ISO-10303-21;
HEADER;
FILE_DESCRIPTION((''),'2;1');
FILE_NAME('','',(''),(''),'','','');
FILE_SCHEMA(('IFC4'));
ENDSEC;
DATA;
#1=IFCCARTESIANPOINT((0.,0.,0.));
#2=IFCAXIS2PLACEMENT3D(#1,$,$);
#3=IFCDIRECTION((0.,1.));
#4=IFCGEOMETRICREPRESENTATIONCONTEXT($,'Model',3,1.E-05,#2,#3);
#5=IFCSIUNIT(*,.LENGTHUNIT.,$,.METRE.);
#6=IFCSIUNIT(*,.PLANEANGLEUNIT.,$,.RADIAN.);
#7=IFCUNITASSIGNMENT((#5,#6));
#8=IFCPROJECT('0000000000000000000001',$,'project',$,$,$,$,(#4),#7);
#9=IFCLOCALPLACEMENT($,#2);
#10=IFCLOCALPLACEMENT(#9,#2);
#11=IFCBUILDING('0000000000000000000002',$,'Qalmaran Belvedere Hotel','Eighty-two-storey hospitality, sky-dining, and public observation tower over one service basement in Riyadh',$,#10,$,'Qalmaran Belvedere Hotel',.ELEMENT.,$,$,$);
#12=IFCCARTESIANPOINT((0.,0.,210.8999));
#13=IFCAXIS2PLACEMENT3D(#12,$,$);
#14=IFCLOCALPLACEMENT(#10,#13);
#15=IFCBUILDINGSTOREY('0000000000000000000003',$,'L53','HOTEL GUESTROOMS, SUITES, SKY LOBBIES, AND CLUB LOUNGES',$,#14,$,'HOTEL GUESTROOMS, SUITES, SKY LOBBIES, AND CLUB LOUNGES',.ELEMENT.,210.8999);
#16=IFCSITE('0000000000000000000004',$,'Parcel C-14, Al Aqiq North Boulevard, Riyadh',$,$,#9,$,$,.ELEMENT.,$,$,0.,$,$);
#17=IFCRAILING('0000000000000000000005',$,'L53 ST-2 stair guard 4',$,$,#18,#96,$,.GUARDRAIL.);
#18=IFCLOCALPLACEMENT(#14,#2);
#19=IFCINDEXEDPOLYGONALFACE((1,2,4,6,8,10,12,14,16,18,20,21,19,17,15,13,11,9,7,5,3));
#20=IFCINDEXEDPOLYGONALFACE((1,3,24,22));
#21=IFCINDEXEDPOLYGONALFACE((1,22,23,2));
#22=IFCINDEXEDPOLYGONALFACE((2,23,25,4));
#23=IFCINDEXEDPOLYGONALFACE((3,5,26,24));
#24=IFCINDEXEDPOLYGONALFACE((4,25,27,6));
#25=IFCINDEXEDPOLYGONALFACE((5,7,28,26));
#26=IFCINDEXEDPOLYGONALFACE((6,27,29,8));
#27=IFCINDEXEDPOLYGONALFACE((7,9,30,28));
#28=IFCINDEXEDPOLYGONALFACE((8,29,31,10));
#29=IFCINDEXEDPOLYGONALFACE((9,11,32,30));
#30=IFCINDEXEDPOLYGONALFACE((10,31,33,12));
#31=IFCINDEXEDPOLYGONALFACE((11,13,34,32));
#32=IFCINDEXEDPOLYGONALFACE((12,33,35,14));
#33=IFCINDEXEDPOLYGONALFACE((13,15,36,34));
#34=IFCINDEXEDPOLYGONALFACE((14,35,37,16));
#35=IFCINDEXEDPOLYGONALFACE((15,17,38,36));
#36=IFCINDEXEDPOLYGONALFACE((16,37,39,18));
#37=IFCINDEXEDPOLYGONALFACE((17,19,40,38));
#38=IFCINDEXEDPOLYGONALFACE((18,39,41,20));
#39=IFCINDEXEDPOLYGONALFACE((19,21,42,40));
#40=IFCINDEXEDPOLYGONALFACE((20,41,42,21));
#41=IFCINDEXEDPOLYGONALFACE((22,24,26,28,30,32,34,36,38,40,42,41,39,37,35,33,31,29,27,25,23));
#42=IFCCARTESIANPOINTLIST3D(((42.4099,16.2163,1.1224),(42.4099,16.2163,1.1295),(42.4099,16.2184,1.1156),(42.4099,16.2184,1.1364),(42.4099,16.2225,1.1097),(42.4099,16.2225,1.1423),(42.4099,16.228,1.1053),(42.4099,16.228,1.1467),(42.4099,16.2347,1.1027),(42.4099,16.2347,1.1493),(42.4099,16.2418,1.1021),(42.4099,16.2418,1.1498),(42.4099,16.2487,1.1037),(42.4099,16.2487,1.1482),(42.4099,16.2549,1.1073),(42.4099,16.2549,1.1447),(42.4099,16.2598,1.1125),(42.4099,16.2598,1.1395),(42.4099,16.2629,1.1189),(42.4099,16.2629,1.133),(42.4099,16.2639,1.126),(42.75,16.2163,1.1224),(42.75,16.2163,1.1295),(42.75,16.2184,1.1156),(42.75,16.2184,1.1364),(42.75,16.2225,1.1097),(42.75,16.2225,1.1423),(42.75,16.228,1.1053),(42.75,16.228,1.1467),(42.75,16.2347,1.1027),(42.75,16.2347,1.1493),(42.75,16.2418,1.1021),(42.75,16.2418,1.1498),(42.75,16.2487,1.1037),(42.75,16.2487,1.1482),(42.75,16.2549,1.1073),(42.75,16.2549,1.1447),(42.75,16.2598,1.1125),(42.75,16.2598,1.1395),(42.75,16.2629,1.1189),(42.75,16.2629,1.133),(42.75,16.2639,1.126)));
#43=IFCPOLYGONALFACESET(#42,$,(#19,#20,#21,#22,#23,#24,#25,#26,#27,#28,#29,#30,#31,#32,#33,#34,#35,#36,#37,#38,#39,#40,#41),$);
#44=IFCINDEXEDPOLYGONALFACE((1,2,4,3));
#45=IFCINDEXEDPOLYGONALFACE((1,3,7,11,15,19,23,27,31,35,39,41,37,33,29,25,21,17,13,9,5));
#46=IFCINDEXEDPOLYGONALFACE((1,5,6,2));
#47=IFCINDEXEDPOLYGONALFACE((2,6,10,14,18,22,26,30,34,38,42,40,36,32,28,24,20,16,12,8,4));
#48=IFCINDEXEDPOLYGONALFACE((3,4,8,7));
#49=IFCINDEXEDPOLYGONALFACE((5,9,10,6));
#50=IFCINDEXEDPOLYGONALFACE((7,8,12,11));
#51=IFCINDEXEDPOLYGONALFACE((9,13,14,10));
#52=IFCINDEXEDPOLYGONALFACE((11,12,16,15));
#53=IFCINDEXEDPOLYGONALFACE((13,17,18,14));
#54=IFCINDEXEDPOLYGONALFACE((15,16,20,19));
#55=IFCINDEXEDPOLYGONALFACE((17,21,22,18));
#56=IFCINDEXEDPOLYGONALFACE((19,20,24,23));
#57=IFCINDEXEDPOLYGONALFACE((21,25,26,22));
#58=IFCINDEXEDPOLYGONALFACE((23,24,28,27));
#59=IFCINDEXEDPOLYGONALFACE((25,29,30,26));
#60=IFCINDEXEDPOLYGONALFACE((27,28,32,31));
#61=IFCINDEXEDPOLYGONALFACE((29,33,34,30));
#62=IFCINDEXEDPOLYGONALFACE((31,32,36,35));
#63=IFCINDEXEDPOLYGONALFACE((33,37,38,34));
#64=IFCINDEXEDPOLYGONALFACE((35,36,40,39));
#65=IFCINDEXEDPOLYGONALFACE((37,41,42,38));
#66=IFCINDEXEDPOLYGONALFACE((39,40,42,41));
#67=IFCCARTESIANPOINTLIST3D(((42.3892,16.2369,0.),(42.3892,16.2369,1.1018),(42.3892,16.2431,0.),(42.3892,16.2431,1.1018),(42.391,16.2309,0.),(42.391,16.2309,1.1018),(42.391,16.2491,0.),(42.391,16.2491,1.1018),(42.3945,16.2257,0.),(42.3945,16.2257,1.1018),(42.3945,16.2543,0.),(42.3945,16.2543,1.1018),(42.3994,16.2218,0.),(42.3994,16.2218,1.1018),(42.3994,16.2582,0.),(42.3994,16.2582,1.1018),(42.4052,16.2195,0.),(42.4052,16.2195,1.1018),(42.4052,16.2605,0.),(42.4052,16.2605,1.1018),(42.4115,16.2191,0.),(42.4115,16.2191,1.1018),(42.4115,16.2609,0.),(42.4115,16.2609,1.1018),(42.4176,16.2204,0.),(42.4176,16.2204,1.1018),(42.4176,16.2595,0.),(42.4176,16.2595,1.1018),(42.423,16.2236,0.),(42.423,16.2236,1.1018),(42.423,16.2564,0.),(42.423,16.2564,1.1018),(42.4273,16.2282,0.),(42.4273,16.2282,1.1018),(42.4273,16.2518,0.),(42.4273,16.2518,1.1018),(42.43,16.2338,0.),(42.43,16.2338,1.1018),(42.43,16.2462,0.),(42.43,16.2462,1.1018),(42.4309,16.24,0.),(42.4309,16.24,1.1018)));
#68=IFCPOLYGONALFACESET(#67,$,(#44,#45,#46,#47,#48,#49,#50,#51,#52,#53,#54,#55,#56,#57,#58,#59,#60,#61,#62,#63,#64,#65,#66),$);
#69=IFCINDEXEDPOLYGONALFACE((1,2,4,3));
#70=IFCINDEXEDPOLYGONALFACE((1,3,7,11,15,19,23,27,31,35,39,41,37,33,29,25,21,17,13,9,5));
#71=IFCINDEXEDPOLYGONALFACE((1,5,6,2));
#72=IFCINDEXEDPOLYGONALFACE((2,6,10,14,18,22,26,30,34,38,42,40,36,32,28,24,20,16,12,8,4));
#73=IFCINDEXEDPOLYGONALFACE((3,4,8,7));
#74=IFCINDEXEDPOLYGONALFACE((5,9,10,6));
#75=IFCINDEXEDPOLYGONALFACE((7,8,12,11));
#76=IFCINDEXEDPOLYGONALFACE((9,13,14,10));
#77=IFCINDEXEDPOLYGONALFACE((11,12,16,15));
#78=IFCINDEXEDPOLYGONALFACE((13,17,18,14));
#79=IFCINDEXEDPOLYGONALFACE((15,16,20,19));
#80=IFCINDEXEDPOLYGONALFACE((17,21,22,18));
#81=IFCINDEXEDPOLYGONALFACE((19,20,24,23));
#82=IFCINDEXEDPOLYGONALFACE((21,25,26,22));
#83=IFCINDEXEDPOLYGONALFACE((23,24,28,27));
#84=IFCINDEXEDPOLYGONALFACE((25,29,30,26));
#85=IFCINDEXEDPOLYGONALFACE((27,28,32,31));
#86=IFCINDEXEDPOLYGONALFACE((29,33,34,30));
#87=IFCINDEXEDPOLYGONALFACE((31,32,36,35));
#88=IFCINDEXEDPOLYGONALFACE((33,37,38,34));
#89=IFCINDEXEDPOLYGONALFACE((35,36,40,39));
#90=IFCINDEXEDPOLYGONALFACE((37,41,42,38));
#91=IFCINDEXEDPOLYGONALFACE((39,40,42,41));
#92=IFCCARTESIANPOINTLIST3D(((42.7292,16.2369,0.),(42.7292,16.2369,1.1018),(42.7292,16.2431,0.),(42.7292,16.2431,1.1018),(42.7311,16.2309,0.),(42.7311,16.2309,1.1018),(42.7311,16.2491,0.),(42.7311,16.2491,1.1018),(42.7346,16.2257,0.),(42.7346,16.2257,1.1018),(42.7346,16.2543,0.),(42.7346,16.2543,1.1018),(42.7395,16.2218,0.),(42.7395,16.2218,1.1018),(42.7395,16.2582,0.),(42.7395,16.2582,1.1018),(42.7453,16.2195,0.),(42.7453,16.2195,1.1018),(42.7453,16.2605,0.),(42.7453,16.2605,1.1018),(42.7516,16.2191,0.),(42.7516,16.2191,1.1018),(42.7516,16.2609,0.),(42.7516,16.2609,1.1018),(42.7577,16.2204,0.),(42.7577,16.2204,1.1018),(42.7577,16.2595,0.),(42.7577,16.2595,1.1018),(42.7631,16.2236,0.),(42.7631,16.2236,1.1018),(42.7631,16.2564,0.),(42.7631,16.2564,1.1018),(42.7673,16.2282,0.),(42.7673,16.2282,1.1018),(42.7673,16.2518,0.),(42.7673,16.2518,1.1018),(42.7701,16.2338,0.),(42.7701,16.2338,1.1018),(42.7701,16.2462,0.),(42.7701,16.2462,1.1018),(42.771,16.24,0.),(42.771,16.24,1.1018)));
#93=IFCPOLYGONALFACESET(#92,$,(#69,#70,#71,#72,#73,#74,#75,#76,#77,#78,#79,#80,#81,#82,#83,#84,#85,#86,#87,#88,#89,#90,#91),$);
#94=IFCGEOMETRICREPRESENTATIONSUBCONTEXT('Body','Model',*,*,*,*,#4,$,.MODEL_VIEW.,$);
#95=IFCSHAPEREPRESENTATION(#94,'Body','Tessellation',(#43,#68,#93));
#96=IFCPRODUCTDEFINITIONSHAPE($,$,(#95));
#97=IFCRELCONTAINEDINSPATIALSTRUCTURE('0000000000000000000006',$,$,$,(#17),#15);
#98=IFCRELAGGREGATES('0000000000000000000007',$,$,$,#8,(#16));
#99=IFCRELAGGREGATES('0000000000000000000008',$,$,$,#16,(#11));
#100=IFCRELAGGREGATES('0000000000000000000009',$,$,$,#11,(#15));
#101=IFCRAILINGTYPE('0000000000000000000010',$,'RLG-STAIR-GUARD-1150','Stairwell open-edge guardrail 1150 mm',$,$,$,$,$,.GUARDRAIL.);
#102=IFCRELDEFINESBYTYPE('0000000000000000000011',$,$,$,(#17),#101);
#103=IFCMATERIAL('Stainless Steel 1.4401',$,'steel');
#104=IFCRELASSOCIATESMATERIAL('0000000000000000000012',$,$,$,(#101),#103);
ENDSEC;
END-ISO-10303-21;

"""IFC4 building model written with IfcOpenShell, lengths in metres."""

from ifc_helpers import new_model, si_unit, direction, frame, origin, origin_2d, place, context, subcontext, project, spatial, circle, extrude, material, type_object, element, save


model = new_model("IFC4")

# Units and contexts
model_context = context("Model", 3, precision=1e-05, world=origin(), true_north=direction((0.0, 1.0)))
body_context = subcontext(model_context, "Body", "Model", "MODEL_VIEW")
ifc_project = project(units=[si_unit("LENGTHUNIT", "METRE"), si_unit("PLANEANGLEUNIT", "RADIAN")], contexts=[model_context])

# Site, building, storey
site_placement = place(None, origin())
site = spatial("IfcSite", under=ifc_project, at=site_placement, Name="Parcel C-14, Al Aqiq North Boulevard, Riyadh", CompositionType="ELEMENT", RefElevation=0.0)
building_placement = place(site_placement, origin())
building = spatial("IfcBuilding", under=site, at=building_placement, Name="Qalmaran Belvedere Hotel", Description="Eighty-two-storey hospitality, sky-dining, and public observation tower over one service basement in Riyadh", LongName="Qalmaran Belvedere Hotel", CompositionType="ELEMENT")
storey_placement = place(building_placement, frame((0.0, 0.0, 210.8999)))
storey = spatial("IfcBuildingStorey", under=building, at=storey_placement, Name="L53", Description="HOTEL GUESTROOMS, SUITES, SKY LOBBIES, AND CLUB LOUNGES", LongName="HOTEL GUESTROOMS, SUITES, SKY LOBBIES, AND CLUB LOUNGES", CompositionType="ELEMENT", Elevation=210.8999)

# Railing
ifc_material_1 = material(Name="Stainless Steel 1.4401", Category="steel")
railing_type_1 = type_object("IfcRailingType", Name="RLG-STAIR-GUARD-1150", Description="Stairwell open-edge guardrail 1150 mm", PredefinedType="GUARDRAIL", material=ifc_material_1)
railing_1_placement = place(storey_placement, frame((42.4099, 16.24, 0.0)))
element("IfcRailing", 1, at=railing_1_placement, inside=storey, type_object=railing_type_1, Name="L53 ST-2 stair guard 4", PredefinedType="GUARDRAIL", context=body_context, shape_type="SweptSolid", body=[
    extrude(circle(Radius=0.0239, at=origin_2d()), frame((0.0, 0.0, 1.126), z_axis=(1.0, 0.0, 0.0), x_axis=(0.0, 1.0, 0.0)), (0.0, 0.0, 1.0), 0.3401),
    extrude(circle(Radius=0.021, at=origin_2d()), origin(), (0.0, 0.0, 1.0), 1.1018),
    extrude(circle(Radius=0.021, at=origin_2d()), frame((0.3401, 0.0, 0.0)), (0.0, 0.0, 1.0), 1.1018),
])

save(model, "model.ifc")
